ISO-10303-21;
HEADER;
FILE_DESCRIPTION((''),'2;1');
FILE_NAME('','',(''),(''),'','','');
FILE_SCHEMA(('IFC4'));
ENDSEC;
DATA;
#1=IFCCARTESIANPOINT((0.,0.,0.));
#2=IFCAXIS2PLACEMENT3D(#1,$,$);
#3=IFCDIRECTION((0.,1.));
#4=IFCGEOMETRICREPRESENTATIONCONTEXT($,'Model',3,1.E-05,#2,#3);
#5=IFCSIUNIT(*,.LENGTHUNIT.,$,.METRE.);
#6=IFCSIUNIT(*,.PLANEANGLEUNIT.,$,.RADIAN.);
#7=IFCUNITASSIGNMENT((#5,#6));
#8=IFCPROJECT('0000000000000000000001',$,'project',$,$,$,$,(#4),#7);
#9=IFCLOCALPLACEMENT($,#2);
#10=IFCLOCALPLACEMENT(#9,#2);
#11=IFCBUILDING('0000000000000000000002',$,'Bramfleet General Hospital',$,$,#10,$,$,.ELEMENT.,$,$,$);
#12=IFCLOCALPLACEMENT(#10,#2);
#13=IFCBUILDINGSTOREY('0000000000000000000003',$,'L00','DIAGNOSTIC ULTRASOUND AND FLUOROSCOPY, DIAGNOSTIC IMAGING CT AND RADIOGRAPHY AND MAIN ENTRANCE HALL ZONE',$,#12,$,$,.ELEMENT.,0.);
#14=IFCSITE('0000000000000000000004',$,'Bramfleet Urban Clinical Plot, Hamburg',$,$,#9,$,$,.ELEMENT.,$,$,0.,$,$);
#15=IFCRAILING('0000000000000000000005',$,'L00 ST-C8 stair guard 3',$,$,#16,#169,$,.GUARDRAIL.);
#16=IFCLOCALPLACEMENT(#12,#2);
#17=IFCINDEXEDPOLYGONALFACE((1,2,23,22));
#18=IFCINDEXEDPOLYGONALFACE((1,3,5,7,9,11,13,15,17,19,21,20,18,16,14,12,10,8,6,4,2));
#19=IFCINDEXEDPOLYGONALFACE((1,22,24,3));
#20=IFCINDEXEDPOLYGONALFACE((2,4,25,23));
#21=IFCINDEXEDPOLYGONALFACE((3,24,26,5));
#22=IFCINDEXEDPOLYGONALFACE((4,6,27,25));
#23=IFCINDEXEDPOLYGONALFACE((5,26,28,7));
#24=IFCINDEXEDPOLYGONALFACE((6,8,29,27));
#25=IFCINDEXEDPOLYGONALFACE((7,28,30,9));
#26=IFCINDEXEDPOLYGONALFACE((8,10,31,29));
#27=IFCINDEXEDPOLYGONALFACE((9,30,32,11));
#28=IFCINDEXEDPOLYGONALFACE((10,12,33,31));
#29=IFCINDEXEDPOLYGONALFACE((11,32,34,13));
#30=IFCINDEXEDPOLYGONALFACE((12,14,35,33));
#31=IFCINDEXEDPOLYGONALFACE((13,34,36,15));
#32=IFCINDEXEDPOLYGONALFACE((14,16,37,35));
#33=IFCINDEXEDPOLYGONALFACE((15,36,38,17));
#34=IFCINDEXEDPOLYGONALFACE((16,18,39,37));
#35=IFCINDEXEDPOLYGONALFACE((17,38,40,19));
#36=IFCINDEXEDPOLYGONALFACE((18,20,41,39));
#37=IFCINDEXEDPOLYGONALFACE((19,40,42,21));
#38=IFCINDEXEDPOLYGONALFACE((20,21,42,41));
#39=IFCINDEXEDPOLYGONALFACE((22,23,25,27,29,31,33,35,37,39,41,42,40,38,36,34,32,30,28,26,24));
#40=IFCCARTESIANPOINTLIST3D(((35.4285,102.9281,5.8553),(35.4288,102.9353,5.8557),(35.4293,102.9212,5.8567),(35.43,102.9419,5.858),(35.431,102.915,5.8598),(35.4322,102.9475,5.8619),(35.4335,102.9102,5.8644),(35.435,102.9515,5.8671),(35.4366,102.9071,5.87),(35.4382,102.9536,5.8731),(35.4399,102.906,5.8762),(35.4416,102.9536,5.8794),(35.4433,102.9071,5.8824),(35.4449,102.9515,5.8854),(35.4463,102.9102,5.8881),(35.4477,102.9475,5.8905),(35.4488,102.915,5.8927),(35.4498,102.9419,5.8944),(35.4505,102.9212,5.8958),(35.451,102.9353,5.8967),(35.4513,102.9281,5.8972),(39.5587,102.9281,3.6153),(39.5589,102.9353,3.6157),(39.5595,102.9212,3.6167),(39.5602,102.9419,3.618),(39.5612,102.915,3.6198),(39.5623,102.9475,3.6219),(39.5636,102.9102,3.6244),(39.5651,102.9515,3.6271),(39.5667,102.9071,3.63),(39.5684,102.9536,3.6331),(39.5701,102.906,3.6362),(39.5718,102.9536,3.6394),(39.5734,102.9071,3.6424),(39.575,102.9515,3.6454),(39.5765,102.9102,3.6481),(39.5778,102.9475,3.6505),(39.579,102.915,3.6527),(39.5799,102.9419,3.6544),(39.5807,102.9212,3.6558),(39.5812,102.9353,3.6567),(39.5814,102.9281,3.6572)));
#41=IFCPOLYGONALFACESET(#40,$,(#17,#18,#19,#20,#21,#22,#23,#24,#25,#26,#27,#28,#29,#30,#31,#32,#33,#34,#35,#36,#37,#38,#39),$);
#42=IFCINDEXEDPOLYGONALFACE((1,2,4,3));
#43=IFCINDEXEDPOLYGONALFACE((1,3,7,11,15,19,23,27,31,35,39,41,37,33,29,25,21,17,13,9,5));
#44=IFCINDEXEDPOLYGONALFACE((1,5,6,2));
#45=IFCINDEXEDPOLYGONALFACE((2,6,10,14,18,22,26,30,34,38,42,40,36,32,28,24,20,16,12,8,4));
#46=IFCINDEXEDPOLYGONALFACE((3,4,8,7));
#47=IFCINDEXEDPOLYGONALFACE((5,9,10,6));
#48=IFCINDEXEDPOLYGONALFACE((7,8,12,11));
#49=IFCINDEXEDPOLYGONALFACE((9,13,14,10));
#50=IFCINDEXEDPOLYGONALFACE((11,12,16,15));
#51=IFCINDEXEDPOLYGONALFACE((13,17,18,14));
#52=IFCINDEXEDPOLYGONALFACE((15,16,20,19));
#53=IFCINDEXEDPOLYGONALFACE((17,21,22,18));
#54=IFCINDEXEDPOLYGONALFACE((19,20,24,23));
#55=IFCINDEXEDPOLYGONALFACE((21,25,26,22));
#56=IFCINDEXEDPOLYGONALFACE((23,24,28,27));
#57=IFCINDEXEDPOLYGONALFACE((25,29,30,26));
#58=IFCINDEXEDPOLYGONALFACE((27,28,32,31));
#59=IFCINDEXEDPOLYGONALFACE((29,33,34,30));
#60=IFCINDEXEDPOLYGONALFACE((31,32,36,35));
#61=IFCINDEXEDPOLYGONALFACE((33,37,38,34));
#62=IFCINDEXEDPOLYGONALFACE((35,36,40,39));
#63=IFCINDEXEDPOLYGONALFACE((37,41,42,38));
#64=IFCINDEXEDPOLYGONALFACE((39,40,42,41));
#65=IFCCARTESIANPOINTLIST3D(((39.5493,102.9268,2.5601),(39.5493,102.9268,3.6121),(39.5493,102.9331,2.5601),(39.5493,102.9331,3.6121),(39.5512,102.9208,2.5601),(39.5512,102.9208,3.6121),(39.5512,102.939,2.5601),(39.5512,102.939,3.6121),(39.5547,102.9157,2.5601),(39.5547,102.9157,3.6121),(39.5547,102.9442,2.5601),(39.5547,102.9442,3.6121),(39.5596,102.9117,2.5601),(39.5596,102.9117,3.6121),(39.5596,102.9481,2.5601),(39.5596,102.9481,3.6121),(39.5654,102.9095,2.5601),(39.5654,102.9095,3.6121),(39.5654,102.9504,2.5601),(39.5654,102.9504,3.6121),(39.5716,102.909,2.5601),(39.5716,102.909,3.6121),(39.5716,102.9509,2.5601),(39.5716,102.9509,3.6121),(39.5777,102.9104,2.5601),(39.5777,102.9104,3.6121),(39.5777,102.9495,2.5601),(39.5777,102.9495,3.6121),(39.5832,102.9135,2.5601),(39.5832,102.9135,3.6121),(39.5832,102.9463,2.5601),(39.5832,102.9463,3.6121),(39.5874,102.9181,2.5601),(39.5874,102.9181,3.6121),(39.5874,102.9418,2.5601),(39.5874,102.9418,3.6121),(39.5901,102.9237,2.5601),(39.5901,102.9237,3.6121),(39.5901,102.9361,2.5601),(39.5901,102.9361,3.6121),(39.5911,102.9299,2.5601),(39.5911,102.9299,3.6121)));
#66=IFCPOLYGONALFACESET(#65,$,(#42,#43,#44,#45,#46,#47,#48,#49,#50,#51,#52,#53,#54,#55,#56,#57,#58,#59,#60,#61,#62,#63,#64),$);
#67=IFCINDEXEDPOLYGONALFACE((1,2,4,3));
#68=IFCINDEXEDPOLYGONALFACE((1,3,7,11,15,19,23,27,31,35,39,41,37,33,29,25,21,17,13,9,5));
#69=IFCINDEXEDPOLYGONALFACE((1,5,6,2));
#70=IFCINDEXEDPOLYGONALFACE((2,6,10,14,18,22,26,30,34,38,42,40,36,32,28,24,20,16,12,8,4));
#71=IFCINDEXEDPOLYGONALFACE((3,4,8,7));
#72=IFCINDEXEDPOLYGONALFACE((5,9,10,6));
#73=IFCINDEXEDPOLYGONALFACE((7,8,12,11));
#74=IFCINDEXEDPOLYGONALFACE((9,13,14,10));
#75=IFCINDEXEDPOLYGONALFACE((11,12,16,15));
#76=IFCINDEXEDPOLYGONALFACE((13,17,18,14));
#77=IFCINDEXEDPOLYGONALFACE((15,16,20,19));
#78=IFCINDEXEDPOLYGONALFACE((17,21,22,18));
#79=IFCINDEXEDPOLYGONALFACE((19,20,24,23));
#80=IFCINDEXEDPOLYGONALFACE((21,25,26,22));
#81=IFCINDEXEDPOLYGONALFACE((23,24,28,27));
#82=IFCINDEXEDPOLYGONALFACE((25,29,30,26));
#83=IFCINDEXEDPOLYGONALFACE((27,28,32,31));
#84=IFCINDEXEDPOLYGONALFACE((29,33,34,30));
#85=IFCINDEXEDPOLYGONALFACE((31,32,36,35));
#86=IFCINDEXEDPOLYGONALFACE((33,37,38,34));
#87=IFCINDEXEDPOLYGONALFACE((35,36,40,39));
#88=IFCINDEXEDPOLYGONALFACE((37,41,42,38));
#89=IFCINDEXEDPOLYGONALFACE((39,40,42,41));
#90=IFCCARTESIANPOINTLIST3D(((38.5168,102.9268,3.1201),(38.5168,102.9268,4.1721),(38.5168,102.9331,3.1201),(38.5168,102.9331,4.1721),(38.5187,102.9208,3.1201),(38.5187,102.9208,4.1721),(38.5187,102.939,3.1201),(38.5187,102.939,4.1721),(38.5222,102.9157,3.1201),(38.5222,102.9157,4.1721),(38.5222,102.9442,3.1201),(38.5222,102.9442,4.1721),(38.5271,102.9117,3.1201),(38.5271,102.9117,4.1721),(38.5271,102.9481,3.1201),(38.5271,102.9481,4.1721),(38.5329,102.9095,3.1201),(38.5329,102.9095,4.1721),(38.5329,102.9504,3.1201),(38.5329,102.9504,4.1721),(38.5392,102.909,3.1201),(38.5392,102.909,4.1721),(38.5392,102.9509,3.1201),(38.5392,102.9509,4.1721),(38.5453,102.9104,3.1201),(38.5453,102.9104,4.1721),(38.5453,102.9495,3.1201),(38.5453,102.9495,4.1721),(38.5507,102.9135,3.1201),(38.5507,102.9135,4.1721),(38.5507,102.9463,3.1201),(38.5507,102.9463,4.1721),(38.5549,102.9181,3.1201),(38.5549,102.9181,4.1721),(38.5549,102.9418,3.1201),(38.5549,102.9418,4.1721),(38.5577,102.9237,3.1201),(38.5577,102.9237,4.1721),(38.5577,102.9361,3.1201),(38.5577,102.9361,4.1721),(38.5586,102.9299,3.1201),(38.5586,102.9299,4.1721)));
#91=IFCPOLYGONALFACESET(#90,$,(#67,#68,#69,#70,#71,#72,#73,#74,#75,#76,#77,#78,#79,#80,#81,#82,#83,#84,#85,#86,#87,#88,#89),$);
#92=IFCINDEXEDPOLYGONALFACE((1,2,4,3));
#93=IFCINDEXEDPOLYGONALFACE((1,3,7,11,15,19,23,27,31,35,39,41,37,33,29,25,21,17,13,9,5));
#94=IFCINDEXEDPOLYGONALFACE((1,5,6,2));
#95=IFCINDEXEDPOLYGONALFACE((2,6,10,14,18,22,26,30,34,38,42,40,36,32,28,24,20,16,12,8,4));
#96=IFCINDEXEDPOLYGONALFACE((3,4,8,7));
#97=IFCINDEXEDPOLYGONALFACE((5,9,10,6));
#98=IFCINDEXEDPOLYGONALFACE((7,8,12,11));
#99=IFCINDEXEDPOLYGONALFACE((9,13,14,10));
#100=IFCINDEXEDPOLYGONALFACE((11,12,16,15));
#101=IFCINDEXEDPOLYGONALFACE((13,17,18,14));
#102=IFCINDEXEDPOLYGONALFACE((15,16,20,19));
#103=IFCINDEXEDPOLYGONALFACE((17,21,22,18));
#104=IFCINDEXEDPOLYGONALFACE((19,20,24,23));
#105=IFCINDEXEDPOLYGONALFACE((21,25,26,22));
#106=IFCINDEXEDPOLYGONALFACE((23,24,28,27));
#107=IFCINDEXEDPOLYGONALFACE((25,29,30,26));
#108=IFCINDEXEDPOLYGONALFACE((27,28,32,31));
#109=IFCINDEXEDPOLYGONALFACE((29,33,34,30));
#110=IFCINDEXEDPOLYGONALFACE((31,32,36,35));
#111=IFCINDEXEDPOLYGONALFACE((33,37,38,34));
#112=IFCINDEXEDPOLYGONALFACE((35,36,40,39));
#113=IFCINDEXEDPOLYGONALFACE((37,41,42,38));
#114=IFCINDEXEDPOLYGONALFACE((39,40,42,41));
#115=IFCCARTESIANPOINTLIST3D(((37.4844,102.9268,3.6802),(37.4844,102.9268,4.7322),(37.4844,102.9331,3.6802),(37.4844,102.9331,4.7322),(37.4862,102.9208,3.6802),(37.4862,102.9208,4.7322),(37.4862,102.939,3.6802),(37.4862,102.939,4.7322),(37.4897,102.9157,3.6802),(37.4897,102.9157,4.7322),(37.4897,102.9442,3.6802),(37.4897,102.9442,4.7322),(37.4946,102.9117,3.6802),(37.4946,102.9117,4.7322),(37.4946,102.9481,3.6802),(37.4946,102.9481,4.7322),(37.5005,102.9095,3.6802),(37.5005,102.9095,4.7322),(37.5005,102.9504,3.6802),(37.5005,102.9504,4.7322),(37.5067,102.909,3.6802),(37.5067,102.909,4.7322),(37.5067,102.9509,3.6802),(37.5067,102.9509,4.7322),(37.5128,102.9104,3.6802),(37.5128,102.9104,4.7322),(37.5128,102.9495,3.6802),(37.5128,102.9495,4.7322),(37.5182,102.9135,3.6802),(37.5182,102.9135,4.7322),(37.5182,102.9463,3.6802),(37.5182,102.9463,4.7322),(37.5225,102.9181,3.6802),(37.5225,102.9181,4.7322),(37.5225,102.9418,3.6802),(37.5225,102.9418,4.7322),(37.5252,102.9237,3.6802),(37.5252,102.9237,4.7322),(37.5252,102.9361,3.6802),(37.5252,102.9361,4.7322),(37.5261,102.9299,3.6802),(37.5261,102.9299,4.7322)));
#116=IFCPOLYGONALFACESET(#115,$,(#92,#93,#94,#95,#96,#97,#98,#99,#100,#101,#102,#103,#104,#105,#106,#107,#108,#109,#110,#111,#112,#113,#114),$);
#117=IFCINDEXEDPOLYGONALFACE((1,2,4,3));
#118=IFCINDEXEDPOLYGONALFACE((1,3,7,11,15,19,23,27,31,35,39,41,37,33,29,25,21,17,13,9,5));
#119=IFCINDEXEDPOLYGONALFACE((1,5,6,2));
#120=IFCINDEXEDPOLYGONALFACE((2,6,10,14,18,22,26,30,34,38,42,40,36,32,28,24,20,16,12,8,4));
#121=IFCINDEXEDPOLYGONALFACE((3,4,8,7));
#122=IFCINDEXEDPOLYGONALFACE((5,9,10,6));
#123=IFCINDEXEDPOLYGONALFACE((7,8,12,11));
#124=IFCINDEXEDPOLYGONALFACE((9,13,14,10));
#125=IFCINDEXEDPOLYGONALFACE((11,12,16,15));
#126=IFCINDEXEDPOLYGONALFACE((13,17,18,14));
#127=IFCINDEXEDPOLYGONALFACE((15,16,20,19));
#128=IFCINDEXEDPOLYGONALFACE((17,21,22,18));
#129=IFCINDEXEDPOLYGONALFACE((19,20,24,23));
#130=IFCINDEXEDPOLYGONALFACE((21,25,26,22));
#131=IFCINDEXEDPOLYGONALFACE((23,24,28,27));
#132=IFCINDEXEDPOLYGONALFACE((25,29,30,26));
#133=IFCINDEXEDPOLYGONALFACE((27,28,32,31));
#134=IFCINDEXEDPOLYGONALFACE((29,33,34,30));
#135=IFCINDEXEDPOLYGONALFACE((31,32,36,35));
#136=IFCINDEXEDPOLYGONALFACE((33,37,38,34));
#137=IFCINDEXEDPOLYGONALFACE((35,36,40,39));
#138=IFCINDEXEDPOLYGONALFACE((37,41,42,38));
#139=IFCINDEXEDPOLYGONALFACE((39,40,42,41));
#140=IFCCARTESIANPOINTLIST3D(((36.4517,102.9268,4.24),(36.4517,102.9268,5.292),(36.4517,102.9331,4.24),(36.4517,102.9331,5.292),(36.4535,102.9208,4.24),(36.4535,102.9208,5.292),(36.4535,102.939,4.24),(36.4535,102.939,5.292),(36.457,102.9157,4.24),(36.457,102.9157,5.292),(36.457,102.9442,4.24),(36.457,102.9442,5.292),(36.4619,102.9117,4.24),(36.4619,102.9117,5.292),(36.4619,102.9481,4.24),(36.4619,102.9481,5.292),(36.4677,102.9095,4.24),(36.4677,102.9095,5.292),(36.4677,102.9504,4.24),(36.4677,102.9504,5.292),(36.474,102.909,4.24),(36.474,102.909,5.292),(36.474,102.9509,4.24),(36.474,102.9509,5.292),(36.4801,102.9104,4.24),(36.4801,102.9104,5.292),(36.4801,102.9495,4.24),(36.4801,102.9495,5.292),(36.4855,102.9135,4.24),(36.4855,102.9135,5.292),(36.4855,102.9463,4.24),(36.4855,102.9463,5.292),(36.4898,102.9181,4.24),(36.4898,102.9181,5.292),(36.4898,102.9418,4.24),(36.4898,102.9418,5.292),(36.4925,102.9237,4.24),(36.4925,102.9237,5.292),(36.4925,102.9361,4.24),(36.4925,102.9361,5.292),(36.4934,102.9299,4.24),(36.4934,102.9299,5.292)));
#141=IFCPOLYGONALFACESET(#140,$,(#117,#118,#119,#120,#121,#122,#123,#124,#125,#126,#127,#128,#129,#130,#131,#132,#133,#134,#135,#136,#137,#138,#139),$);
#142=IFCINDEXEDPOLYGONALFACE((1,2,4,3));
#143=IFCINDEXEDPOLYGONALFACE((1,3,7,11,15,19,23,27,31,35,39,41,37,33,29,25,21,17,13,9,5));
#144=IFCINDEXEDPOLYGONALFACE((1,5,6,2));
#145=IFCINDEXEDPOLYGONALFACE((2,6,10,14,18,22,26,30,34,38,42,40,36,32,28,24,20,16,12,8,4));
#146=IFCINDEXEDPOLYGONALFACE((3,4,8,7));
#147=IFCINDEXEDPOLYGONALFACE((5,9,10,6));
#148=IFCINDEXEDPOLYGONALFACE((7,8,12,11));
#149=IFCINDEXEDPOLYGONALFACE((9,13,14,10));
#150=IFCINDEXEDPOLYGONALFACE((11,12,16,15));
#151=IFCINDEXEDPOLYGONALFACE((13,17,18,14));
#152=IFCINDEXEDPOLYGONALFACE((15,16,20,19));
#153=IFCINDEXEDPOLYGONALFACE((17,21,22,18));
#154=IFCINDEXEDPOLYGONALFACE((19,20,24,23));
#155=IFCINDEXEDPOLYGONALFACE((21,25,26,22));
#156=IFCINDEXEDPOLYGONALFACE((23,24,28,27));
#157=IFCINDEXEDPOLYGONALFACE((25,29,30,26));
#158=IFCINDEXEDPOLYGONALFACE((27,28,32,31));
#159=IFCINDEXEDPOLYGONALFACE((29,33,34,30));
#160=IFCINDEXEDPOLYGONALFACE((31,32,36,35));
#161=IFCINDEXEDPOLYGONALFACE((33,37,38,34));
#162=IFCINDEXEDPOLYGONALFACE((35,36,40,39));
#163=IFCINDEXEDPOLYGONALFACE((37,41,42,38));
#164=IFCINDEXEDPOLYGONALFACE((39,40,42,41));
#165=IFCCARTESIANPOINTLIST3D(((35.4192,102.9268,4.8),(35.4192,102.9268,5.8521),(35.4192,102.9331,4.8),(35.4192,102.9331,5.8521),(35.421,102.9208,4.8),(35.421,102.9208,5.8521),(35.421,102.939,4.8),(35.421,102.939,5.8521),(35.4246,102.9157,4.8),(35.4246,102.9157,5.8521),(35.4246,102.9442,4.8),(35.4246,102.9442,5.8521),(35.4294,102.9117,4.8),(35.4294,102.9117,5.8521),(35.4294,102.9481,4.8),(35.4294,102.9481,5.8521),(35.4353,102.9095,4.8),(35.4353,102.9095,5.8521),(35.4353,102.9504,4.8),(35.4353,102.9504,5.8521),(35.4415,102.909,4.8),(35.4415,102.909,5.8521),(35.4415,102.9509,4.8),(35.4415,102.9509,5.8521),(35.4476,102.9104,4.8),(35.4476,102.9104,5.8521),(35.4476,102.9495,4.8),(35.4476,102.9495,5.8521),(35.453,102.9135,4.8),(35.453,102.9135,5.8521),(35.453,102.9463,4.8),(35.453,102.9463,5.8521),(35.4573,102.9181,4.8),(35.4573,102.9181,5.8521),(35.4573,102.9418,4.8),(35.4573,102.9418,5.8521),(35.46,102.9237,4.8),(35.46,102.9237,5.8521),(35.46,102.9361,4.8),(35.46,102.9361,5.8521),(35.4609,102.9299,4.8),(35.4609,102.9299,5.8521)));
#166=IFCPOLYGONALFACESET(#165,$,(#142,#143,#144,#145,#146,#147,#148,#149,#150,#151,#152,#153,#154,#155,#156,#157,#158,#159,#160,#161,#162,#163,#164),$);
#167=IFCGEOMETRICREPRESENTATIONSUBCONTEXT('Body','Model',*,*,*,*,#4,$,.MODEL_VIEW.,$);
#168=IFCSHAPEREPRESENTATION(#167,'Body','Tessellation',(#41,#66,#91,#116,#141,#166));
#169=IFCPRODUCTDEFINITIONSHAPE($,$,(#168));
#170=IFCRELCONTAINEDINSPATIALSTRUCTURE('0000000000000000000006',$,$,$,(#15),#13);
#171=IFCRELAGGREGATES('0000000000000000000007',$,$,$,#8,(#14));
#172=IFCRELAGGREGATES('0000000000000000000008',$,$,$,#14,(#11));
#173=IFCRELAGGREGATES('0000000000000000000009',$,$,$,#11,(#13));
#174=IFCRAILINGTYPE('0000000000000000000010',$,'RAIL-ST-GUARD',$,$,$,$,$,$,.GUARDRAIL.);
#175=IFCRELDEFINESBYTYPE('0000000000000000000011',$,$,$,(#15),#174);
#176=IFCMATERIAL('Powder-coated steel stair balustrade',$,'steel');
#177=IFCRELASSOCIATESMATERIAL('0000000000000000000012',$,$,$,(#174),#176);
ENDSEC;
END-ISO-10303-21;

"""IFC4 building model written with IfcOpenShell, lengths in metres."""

from ifc_helpers import new_model, si_unit, direction, frame, origin, origin_2d, place, context, subcontext, project, spatial, circle, extrude, material, type_object, element, save


model = new_model("IFC4")

# Units and contexts
model_context = context("Model", 3, precision=1e-05, world=origin(), true_north=direction((0.0, 1.0)))
body_context = subcontext(model_context, "Body", "Model", "MODEL_VIEW")
ifc_project = project(units=[si_unit("LENGTHUNIT", "METRE"), si_unit("PLANEANGLEUNIT", "RADIAN")], contexts=[model_context])

# Site, building, storey
site_placement = place(None, origin())
site = spatial("IfcSite", under=ifc_project, at=site_placement, Name="Bramfleet Urban Clinical Plot, Hamburg", CompositionType="ELEMENT", RefElevation=0.0)
building_placement = place(site_placement, origin())
building = spatial("IfcBuilding", under=site, at=building_placement, Name="Bramfleet General Hospital", CompositionType="ELEMENT")
storey_placement = place(building_placement, origin())
storey = spatial("IfcBuildingStorey", under=building, at=storey_placement, Name="L00", Description="DIAGNOSTIC ULTRASOUND AND FLUOROSCOPY, DIAGNOSTIC IMAGING CT AND RADIOGRAPHY AND MAIN ENTRANCE HALL ZONE", CompositionType="ELEMENT", Elevation=0.0)

# Railing
ifc_material_1 = material(Name="Powder-coated steel stair balustrade", Category="steel")
railing_type_1 = type_object("IfcRailingType", Name="RAIL-ST-GUARD", PredefinedType="GUARDRAIL", material=ifc_material_1)
railing_1_placement = place(storey_placement, frame((39.5701, 102.9299, 2.5601)))
element("IfcRailing", 1, at=railing_1_placement, inside=storey, type_object=railing_type_1, Name="L00 ST-C8 stair guard 3", PredefinedType="GUARDRAIL", context=body_context, shape_type="SweptSolid", body=[
    extrude(circle(Radius=0.0239, at=origin_2d()), frame((0.0, 0.0, 1.0762), z_axis=(-0.879039, 0.0, 0.47675), x_axis=(0.0, -1.0, 0.0)), (0.0, 0.0, 1.0), 4.6985),
    extrude(circle(Radius=0.021, at=origin_2d()), origin(), (0.0, 0.0, 1.0), 1.052),
    extrude(circle(Radius=0.021, at=origin_2d()), frame((-1.0325, 0.0, 0.5601)), (0.0, 0.0, 1.0), 1.052),
    extrude(circle(Radius=0.021, at=origin_2d()), frame((-2.0649, 0.0, 1.1201)), (0.0, 0.0, 1.0), 1.052),
    extrude(circle(Radius=0.021, at=origin_2d()), frame((-3.0977, 0.0, 1.6799)), (0.0, 0.0, 1.0), 1.052),
    extrude(circle(Radius=0.021, at=origin_2d()), frame((-4.1301, 0.0, 2.24)), (0.0, 0.0, 1.0), 1.052),
])

save(model, "model.ifc")
